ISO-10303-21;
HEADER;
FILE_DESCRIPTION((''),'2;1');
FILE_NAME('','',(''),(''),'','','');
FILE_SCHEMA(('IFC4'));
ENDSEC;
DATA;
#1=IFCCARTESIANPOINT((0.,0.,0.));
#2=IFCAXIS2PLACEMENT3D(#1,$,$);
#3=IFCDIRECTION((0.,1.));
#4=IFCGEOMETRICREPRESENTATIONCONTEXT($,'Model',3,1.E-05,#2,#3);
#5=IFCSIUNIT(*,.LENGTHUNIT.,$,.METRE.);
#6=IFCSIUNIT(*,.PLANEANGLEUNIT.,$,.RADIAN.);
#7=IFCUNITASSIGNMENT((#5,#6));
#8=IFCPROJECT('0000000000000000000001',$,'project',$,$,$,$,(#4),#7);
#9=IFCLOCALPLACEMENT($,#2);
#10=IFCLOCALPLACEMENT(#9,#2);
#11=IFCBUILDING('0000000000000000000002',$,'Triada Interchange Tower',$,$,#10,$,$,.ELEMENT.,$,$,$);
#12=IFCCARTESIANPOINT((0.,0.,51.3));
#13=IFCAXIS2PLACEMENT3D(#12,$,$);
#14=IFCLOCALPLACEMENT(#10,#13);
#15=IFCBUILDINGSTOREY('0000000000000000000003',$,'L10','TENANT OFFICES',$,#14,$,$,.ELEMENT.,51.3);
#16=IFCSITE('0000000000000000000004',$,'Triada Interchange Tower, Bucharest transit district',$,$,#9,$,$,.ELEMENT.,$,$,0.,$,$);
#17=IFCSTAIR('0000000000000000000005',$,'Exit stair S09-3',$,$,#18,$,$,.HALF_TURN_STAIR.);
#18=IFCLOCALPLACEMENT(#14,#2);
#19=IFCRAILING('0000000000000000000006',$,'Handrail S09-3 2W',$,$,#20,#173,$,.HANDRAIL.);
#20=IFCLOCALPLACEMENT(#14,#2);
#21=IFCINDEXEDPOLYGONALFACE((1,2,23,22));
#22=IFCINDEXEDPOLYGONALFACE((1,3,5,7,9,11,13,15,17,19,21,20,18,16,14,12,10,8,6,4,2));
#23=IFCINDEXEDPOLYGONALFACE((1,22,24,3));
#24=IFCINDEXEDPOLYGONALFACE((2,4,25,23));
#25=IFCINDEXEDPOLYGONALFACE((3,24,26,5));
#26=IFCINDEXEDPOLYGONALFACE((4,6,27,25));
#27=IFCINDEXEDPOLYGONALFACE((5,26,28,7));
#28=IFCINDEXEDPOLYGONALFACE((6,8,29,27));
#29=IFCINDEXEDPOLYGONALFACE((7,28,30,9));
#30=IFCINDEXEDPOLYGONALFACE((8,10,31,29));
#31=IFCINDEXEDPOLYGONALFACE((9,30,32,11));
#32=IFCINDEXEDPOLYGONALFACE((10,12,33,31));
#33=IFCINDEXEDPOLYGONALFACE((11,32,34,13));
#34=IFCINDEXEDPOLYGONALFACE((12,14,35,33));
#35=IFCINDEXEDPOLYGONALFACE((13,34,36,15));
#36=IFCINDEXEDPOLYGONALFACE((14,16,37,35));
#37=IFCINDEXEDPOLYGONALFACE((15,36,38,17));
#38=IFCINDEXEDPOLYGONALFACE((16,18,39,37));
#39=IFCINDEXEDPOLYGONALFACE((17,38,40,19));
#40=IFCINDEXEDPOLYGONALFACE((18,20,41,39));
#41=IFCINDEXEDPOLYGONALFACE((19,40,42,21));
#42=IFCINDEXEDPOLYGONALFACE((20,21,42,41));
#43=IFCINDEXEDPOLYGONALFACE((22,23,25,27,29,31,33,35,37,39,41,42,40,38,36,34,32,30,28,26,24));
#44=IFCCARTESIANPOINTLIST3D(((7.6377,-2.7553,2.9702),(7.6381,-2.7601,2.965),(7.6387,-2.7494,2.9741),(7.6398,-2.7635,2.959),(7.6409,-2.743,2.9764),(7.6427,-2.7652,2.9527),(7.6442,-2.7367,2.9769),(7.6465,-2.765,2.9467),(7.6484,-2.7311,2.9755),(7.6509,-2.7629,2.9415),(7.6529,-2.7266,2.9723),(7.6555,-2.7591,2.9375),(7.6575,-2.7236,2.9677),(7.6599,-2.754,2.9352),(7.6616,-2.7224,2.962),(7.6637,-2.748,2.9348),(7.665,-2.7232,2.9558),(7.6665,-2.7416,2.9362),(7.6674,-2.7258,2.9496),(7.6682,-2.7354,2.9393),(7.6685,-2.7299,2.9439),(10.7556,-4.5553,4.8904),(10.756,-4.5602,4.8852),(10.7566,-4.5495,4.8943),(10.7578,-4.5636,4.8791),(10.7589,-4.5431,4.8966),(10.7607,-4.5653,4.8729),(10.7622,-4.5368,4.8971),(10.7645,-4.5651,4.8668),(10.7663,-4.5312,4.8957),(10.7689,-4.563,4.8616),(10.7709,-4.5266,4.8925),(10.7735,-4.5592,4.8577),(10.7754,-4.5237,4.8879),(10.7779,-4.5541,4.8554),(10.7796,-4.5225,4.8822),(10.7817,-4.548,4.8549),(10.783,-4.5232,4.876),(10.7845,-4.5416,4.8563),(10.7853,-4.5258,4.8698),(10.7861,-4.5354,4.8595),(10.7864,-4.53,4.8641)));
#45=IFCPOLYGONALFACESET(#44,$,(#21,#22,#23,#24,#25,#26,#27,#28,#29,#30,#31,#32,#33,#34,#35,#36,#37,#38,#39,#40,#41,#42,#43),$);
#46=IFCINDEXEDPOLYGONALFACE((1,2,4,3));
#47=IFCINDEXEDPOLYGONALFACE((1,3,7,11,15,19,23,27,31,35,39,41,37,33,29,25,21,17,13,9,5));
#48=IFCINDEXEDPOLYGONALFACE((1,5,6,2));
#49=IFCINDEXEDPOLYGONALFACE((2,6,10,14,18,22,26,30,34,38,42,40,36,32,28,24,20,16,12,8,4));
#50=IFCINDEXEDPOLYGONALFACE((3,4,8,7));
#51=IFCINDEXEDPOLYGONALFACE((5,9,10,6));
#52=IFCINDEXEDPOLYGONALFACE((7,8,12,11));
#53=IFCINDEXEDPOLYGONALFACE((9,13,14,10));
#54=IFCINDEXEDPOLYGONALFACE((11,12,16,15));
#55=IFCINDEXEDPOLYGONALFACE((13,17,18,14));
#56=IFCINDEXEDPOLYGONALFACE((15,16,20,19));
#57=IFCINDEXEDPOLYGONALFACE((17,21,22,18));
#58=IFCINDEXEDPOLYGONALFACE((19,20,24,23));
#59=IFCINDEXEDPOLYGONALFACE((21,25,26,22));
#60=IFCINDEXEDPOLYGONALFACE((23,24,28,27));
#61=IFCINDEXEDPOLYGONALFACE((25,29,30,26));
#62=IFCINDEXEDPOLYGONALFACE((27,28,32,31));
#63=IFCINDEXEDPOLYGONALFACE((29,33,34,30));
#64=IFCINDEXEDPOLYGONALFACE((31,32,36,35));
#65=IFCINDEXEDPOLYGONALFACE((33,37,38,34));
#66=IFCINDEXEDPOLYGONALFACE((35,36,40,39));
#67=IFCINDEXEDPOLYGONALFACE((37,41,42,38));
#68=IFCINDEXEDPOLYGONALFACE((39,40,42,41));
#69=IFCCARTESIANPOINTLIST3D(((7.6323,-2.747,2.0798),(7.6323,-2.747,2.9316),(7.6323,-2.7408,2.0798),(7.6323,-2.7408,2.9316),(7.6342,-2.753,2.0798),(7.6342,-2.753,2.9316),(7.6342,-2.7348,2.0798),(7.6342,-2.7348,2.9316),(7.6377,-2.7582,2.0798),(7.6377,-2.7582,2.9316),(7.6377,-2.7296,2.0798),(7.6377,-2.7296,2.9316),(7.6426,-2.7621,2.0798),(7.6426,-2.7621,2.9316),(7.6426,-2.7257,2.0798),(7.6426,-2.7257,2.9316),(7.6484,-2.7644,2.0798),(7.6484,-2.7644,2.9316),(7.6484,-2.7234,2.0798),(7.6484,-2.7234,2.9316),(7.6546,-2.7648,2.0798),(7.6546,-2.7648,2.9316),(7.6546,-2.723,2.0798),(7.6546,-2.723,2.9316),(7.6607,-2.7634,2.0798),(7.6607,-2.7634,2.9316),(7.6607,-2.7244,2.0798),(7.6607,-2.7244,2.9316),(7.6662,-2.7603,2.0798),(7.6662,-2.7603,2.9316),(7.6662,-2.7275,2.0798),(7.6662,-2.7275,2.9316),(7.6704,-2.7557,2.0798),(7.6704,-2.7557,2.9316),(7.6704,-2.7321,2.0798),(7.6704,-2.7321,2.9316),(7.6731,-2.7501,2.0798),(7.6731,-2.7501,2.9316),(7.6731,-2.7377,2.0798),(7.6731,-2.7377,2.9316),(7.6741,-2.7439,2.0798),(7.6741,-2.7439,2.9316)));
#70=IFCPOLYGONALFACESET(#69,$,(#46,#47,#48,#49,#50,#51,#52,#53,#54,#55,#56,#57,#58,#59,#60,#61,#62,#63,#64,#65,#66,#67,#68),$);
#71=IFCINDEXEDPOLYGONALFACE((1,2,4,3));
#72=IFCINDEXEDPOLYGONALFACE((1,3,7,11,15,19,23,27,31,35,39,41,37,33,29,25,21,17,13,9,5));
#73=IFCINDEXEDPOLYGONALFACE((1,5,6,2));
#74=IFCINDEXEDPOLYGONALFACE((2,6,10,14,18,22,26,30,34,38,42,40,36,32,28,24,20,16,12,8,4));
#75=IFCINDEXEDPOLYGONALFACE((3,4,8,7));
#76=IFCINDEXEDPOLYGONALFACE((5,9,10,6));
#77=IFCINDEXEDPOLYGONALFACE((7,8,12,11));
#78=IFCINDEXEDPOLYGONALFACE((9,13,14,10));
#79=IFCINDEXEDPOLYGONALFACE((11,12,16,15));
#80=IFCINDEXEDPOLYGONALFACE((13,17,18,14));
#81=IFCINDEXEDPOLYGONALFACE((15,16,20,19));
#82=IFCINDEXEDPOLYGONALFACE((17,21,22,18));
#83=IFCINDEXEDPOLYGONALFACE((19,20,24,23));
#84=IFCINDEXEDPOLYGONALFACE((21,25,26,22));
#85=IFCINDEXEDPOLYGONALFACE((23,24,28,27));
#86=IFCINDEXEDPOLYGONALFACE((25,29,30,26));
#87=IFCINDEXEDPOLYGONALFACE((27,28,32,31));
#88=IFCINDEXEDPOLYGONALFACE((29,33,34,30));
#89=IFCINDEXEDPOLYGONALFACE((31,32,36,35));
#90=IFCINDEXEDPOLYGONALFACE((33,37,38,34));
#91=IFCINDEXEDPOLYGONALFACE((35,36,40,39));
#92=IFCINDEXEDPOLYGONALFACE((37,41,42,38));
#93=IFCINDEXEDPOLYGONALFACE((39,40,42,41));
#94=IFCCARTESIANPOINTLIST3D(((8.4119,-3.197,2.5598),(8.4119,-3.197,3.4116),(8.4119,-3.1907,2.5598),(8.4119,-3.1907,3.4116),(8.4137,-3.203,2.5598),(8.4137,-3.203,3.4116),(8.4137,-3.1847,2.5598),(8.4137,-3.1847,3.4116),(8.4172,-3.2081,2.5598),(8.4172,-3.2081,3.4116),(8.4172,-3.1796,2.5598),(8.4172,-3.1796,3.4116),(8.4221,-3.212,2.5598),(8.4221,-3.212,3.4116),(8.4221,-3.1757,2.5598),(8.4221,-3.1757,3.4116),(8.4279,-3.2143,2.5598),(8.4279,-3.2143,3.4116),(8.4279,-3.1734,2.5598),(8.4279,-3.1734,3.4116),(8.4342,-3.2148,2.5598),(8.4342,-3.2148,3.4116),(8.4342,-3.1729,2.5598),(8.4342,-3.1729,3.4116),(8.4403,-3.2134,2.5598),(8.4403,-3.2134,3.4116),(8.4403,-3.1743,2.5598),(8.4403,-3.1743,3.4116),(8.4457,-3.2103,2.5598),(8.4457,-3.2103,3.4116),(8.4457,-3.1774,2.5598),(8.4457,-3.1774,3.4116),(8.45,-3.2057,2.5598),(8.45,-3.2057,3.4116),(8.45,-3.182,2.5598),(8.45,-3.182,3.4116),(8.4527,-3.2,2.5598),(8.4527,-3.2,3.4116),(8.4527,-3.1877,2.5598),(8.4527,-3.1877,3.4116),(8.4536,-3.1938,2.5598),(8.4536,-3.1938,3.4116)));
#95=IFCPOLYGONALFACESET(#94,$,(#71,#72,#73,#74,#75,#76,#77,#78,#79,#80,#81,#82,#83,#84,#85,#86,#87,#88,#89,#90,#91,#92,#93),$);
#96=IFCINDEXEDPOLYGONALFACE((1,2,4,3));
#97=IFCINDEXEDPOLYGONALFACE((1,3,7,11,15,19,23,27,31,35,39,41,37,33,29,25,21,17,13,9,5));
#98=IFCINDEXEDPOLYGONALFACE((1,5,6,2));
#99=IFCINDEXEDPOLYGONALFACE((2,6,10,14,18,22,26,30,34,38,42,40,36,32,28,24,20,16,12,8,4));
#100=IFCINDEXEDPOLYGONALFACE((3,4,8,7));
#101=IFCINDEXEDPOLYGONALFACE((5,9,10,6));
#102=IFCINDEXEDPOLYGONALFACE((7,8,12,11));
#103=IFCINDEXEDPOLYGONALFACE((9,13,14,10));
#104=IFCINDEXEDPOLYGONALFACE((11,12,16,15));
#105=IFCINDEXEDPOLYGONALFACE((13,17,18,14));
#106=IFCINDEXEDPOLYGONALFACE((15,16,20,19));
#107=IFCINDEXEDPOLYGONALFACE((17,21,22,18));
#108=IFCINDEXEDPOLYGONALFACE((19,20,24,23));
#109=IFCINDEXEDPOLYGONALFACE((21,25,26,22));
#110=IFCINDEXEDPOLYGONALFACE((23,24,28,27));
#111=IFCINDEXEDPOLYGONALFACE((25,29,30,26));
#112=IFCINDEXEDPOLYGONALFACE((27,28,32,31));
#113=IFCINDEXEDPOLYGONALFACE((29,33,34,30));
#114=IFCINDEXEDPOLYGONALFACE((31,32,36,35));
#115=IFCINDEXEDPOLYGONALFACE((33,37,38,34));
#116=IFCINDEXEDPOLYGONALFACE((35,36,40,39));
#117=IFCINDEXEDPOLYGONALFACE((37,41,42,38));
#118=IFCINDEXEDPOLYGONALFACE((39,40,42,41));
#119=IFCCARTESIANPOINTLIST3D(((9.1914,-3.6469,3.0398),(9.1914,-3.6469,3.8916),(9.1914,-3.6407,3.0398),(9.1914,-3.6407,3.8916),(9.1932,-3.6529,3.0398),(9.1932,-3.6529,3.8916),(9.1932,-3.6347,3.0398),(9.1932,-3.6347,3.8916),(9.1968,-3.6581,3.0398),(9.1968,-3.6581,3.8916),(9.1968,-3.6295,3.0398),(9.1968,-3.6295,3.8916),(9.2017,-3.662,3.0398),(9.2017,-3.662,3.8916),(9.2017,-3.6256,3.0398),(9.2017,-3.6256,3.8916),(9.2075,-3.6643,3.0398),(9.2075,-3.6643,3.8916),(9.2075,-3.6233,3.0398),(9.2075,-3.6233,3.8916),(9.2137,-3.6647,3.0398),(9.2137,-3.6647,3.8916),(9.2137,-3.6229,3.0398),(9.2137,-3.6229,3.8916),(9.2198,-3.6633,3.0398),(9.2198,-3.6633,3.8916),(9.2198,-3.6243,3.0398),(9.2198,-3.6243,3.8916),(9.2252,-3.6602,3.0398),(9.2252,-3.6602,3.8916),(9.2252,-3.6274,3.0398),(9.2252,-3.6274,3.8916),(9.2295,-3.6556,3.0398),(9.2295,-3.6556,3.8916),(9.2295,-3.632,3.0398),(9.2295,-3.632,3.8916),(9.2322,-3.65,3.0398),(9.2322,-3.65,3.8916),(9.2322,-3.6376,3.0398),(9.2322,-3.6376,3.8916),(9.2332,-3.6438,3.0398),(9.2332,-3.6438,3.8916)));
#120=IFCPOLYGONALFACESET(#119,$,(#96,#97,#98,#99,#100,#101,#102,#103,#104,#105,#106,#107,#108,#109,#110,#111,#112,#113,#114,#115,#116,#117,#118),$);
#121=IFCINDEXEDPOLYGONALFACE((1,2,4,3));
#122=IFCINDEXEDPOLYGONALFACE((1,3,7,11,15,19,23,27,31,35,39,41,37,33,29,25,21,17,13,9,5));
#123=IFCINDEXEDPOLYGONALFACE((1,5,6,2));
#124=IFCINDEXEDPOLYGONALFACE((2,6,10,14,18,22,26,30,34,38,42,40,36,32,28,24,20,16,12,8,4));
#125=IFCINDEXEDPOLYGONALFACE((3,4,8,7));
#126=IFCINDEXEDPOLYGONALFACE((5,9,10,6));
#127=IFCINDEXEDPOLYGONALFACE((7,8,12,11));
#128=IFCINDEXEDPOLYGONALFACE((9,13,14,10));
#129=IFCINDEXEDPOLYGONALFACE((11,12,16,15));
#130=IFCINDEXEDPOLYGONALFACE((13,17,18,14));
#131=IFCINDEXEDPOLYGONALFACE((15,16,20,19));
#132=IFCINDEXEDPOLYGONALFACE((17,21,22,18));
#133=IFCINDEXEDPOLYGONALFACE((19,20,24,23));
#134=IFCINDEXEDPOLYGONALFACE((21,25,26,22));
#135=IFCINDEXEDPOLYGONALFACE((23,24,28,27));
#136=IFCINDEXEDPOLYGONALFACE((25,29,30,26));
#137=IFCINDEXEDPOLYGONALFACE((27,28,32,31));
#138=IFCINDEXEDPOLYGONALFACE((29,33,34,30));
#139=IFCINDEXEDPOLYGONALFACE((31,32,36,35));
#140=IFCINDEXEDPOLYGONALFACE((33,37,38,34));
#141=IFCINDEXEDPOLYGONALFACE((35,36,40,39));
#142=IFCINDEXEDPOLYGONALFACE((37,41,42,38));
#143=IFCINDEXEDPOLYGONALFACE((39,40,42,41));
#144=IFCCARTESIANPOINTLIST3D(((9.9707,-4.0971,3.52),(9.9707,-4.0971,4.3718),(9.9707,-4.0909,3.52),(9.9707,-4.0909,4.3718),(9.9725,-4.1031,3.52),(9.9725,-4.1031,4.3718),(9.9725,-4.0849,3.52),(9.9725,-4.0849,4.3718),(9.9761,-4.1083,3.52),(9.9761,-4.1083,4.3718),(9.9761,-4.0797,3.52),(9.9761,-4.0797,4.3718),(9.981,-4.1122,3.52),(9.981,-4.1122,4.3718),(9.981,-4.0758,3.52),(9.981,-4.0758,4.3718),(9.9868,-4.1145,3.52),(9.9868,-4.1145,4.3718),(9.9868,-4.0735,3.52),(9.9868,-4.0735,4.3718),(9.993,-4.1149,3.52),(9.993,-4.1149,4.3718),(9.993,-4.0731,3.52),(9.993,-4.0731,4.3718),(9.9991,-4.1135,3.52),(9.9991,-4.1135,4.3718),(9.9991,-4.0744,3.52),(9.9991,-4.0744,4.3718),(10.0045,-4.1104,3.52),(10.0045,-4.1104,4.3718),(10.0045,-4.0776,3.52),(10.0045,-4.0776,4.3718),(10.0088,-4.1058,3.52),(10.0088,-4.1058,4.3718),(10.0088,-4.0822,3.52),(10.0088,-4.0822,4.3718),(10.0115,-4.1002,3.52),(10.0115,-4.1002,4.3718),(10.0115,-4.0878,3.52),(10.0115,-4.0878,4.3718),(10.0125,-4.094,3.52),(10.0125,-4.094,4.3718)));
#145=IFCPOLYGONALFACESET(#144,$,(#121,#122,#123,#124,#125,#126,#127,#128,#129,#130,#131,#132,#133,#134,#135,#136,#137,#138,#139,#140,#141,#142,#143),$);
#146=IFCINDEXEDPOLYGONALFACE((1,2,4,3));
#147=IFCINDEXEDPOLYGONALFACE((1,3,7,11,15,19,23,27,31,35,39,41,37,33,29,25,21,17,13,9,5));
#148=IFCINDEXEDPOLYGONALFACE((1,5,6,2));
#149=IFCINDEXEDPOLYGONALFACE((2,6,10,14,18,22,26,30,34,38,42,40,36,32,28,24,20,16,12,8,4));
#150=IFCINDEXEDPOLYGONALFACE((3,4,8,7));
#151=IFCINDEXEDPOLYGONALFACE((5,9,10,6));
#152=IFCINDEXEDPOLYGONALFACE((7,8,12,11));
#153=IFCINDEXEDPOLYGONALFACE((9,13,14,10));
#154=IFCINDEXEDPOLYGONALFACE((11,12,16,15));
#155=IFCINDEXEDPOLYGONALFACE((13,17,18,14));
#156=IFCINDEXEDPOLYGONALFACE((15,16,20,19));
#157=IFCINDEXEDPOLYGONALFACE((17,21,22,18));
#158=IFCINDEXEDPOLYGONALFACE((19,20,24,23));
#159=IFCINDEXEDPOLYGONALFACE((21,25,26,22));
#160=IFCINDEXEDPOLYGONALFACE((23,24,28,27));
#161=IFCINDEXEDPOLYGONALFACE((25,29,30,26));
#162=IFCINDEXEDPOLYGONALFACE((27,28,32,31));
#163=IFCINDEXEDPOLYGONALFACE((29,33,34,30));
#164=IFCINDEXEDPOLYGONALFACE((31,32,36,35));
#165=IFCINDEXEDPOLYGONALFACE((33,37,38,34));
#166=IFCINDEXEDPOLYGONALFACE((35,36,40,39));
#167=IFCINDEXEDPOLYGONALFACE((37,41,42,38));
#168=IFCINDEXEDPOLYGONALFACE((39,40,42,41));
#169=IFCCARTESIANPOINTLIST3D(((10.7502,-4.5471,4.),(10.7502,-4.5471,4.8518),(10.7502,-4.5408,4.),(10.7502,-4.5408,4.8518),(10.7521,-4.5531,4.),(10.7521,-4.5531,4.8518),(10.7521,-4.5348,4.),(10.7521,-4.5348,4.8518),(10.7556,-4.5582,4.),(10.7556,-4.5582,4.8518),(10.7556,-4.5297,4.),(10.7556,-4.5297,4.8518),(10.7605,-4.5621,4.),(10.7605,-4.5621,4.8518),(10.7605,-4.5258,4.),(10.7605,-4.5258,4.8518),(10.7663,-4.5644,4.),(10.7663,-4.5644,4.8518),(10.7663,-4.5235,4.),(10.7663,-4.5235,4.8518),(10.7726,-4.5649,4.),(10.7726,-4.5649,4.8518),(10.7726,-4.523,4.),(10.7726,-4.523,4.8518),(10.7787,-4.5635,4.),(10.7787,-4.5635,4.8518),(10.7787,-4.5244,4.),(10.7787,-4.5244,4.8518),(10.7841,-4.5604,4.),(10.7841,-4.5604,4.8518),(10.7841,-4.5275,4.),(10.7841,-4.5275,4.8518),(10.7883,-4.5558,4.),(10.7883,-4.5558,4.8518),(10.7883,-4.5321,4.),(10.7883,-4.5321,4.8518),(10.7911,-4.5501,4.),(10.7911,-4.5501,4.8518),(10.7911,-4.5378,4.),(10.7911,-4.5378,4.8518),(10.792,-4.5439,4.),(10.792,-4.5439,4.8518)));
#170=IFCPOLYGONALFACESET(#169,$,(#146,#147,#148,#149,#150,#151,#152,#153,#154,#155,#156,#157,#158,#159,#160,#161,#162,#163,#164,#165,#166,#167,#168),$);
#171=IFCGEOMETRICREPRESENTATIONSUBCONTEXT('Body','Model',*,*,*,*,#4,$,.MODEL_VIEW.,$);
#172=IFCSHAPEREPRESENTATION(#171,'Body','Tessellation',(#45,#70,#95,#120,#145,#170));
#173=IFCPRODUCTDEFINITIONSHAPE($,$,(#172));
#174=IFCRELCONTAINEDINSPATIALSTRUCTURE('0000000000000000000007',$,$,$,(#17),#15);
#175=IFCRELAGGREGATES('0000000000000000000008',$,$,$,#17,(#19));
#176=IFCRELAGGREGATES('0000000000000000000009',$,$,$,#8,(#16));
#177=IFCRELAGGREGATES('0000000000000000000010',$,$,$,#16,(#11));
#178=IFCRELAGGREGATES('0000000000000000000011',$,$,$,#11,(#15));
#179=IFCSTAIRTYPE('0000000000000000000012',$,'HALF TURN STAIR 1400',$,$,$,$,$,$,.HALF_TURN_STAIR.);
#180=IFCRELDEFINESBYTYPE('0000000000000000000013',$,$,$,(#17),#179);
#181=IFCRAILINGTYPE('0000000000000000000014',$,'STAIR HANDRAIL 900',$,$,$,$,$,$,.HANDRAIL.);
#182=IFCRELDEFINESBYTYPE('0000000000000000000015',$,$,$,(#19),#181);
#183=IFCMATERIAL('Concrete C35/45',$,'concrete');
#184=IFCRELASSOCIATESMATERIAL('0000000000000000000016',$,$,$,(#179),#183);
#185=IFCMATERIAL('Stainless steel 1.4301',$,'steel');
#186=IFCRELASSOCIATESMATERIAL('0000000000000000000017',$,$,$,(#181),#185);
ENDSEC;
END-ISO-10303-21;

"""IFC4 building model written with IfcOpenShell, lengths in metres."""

from ifc_helpers import new_model, si_unit, direction, frame, origin, origin_2d, place, context, subcontext, project, spatial, circle, extrude, material, type_object, element, aggregate, save


model = new_model("IFC4")

# Units and contexts
model_context = context("Model", 3, precision=1e-05, world=origin(), true_north=direction((0.0, 1.0)))
body_context = subcontext(model_context, "Body", "Model", "MODEL_VIEW")
ifc_project = project(units=[si_unit("LENGTHUNIT", "METRE"), si_unit("PLANEANGLEUNIT", "RADIAN")], contexts=[model_context])

# Site, building, storey
site_placement = place(None, origin())
site = spatial("IfcSite", under=ifc_project, at=site_placement, Name="Triada Interchange Tower, Bucharest transit district", CompositionType="ELEMENT", RefElevation=0.0)
building_placement = place(site_placement, origin())
building = spatial("IfcBuilding", under=site, at=building_placement, Name="Triada Interchange Tower", CompositionType="ELEMENT")
storey_placement = place(building_placement, frame((0.0, 0.0, 51.3)))
storey = spatial("IfcBuildingStorey", under=building, at=storey_placement, Name="L10", Description="TENANT OFFICES", CompositionType="ELEMENT", Elevation=51.3)

# Stair, railing
ifc_material_1 = material(Name="Concrete C35/45", Category="concrete")
stair_type = type_object("IfcStairType", Name="HALF TURN STAIR 1400", PredefinedType="HALF_TURN_STAIR", material=ifc_material_1)
stair_placement = place(storey_placement, origin())
stair = element("IfcStair", 1, at=stair_placement, inside=storey, type_object=stair_type, Name="Exit stair S09-3", PredefinedType="HALF_TURN_STAIR")
ifc_material_2 = material(Name="Stainless steel 1.4301", Category="steel")
railing_type = type_object("IfcRailingType", Name="STAIR HANDRAIL 900", PredefinedType="HANDRAIL", material=ifc_material_2)
railing_1_placement = place(storey_placement, frame((7.6531, -2.7439, 2.0798)))
railing_1 = element("IfcRailing", 2, at=railing_1_placement, type_object=railing_type, Name="Handrail S09-3 2W", PredefinedType="HANDRAIL", context=body_context, shape_type="SweptSolid", body=[
    extrude(circle(Radius=0.0239, at=origin_2d()), frame((0.0, 0.0, 0.876), z_axis=(0.764145, -0.441159, 0.470597), x_axis=(0.499983, 0.866035, 0.0)), (0.0, 0.0, 1.0), 4.0803),
    extrude(circle(Radius=0.021, at=origin_2d()), origin(), (0.0, 0.0, 1.0), 0.8518),
    extrude(circle(Radius=0.021, at=origin_2d()), frame((0.7795, -0.45, 0.48)), (0.0, 0.0, 1.0), 0.8518),
    extrude(circle(Radius=0.021, at=origin_2d()), frame((1.5591, -0.8999, 0.96)), (0.0, 0.0, 1.0), 0.8518),
    extrude(circle(Radius=0.021, at=origin_2d()), frame((2.3384, -1.3501, 1.4402)), (0.0, 0.0, 1.0), 0.8518),
    extrude(circle(Radius=0.021, at=origin_2d()), frame((3.1179, -1.8, 1.9202)), (0.0, 0.0, 1.0), 0.8518),
])
aggregate(stair, [railing_1])

save(model, "model.ifc")
